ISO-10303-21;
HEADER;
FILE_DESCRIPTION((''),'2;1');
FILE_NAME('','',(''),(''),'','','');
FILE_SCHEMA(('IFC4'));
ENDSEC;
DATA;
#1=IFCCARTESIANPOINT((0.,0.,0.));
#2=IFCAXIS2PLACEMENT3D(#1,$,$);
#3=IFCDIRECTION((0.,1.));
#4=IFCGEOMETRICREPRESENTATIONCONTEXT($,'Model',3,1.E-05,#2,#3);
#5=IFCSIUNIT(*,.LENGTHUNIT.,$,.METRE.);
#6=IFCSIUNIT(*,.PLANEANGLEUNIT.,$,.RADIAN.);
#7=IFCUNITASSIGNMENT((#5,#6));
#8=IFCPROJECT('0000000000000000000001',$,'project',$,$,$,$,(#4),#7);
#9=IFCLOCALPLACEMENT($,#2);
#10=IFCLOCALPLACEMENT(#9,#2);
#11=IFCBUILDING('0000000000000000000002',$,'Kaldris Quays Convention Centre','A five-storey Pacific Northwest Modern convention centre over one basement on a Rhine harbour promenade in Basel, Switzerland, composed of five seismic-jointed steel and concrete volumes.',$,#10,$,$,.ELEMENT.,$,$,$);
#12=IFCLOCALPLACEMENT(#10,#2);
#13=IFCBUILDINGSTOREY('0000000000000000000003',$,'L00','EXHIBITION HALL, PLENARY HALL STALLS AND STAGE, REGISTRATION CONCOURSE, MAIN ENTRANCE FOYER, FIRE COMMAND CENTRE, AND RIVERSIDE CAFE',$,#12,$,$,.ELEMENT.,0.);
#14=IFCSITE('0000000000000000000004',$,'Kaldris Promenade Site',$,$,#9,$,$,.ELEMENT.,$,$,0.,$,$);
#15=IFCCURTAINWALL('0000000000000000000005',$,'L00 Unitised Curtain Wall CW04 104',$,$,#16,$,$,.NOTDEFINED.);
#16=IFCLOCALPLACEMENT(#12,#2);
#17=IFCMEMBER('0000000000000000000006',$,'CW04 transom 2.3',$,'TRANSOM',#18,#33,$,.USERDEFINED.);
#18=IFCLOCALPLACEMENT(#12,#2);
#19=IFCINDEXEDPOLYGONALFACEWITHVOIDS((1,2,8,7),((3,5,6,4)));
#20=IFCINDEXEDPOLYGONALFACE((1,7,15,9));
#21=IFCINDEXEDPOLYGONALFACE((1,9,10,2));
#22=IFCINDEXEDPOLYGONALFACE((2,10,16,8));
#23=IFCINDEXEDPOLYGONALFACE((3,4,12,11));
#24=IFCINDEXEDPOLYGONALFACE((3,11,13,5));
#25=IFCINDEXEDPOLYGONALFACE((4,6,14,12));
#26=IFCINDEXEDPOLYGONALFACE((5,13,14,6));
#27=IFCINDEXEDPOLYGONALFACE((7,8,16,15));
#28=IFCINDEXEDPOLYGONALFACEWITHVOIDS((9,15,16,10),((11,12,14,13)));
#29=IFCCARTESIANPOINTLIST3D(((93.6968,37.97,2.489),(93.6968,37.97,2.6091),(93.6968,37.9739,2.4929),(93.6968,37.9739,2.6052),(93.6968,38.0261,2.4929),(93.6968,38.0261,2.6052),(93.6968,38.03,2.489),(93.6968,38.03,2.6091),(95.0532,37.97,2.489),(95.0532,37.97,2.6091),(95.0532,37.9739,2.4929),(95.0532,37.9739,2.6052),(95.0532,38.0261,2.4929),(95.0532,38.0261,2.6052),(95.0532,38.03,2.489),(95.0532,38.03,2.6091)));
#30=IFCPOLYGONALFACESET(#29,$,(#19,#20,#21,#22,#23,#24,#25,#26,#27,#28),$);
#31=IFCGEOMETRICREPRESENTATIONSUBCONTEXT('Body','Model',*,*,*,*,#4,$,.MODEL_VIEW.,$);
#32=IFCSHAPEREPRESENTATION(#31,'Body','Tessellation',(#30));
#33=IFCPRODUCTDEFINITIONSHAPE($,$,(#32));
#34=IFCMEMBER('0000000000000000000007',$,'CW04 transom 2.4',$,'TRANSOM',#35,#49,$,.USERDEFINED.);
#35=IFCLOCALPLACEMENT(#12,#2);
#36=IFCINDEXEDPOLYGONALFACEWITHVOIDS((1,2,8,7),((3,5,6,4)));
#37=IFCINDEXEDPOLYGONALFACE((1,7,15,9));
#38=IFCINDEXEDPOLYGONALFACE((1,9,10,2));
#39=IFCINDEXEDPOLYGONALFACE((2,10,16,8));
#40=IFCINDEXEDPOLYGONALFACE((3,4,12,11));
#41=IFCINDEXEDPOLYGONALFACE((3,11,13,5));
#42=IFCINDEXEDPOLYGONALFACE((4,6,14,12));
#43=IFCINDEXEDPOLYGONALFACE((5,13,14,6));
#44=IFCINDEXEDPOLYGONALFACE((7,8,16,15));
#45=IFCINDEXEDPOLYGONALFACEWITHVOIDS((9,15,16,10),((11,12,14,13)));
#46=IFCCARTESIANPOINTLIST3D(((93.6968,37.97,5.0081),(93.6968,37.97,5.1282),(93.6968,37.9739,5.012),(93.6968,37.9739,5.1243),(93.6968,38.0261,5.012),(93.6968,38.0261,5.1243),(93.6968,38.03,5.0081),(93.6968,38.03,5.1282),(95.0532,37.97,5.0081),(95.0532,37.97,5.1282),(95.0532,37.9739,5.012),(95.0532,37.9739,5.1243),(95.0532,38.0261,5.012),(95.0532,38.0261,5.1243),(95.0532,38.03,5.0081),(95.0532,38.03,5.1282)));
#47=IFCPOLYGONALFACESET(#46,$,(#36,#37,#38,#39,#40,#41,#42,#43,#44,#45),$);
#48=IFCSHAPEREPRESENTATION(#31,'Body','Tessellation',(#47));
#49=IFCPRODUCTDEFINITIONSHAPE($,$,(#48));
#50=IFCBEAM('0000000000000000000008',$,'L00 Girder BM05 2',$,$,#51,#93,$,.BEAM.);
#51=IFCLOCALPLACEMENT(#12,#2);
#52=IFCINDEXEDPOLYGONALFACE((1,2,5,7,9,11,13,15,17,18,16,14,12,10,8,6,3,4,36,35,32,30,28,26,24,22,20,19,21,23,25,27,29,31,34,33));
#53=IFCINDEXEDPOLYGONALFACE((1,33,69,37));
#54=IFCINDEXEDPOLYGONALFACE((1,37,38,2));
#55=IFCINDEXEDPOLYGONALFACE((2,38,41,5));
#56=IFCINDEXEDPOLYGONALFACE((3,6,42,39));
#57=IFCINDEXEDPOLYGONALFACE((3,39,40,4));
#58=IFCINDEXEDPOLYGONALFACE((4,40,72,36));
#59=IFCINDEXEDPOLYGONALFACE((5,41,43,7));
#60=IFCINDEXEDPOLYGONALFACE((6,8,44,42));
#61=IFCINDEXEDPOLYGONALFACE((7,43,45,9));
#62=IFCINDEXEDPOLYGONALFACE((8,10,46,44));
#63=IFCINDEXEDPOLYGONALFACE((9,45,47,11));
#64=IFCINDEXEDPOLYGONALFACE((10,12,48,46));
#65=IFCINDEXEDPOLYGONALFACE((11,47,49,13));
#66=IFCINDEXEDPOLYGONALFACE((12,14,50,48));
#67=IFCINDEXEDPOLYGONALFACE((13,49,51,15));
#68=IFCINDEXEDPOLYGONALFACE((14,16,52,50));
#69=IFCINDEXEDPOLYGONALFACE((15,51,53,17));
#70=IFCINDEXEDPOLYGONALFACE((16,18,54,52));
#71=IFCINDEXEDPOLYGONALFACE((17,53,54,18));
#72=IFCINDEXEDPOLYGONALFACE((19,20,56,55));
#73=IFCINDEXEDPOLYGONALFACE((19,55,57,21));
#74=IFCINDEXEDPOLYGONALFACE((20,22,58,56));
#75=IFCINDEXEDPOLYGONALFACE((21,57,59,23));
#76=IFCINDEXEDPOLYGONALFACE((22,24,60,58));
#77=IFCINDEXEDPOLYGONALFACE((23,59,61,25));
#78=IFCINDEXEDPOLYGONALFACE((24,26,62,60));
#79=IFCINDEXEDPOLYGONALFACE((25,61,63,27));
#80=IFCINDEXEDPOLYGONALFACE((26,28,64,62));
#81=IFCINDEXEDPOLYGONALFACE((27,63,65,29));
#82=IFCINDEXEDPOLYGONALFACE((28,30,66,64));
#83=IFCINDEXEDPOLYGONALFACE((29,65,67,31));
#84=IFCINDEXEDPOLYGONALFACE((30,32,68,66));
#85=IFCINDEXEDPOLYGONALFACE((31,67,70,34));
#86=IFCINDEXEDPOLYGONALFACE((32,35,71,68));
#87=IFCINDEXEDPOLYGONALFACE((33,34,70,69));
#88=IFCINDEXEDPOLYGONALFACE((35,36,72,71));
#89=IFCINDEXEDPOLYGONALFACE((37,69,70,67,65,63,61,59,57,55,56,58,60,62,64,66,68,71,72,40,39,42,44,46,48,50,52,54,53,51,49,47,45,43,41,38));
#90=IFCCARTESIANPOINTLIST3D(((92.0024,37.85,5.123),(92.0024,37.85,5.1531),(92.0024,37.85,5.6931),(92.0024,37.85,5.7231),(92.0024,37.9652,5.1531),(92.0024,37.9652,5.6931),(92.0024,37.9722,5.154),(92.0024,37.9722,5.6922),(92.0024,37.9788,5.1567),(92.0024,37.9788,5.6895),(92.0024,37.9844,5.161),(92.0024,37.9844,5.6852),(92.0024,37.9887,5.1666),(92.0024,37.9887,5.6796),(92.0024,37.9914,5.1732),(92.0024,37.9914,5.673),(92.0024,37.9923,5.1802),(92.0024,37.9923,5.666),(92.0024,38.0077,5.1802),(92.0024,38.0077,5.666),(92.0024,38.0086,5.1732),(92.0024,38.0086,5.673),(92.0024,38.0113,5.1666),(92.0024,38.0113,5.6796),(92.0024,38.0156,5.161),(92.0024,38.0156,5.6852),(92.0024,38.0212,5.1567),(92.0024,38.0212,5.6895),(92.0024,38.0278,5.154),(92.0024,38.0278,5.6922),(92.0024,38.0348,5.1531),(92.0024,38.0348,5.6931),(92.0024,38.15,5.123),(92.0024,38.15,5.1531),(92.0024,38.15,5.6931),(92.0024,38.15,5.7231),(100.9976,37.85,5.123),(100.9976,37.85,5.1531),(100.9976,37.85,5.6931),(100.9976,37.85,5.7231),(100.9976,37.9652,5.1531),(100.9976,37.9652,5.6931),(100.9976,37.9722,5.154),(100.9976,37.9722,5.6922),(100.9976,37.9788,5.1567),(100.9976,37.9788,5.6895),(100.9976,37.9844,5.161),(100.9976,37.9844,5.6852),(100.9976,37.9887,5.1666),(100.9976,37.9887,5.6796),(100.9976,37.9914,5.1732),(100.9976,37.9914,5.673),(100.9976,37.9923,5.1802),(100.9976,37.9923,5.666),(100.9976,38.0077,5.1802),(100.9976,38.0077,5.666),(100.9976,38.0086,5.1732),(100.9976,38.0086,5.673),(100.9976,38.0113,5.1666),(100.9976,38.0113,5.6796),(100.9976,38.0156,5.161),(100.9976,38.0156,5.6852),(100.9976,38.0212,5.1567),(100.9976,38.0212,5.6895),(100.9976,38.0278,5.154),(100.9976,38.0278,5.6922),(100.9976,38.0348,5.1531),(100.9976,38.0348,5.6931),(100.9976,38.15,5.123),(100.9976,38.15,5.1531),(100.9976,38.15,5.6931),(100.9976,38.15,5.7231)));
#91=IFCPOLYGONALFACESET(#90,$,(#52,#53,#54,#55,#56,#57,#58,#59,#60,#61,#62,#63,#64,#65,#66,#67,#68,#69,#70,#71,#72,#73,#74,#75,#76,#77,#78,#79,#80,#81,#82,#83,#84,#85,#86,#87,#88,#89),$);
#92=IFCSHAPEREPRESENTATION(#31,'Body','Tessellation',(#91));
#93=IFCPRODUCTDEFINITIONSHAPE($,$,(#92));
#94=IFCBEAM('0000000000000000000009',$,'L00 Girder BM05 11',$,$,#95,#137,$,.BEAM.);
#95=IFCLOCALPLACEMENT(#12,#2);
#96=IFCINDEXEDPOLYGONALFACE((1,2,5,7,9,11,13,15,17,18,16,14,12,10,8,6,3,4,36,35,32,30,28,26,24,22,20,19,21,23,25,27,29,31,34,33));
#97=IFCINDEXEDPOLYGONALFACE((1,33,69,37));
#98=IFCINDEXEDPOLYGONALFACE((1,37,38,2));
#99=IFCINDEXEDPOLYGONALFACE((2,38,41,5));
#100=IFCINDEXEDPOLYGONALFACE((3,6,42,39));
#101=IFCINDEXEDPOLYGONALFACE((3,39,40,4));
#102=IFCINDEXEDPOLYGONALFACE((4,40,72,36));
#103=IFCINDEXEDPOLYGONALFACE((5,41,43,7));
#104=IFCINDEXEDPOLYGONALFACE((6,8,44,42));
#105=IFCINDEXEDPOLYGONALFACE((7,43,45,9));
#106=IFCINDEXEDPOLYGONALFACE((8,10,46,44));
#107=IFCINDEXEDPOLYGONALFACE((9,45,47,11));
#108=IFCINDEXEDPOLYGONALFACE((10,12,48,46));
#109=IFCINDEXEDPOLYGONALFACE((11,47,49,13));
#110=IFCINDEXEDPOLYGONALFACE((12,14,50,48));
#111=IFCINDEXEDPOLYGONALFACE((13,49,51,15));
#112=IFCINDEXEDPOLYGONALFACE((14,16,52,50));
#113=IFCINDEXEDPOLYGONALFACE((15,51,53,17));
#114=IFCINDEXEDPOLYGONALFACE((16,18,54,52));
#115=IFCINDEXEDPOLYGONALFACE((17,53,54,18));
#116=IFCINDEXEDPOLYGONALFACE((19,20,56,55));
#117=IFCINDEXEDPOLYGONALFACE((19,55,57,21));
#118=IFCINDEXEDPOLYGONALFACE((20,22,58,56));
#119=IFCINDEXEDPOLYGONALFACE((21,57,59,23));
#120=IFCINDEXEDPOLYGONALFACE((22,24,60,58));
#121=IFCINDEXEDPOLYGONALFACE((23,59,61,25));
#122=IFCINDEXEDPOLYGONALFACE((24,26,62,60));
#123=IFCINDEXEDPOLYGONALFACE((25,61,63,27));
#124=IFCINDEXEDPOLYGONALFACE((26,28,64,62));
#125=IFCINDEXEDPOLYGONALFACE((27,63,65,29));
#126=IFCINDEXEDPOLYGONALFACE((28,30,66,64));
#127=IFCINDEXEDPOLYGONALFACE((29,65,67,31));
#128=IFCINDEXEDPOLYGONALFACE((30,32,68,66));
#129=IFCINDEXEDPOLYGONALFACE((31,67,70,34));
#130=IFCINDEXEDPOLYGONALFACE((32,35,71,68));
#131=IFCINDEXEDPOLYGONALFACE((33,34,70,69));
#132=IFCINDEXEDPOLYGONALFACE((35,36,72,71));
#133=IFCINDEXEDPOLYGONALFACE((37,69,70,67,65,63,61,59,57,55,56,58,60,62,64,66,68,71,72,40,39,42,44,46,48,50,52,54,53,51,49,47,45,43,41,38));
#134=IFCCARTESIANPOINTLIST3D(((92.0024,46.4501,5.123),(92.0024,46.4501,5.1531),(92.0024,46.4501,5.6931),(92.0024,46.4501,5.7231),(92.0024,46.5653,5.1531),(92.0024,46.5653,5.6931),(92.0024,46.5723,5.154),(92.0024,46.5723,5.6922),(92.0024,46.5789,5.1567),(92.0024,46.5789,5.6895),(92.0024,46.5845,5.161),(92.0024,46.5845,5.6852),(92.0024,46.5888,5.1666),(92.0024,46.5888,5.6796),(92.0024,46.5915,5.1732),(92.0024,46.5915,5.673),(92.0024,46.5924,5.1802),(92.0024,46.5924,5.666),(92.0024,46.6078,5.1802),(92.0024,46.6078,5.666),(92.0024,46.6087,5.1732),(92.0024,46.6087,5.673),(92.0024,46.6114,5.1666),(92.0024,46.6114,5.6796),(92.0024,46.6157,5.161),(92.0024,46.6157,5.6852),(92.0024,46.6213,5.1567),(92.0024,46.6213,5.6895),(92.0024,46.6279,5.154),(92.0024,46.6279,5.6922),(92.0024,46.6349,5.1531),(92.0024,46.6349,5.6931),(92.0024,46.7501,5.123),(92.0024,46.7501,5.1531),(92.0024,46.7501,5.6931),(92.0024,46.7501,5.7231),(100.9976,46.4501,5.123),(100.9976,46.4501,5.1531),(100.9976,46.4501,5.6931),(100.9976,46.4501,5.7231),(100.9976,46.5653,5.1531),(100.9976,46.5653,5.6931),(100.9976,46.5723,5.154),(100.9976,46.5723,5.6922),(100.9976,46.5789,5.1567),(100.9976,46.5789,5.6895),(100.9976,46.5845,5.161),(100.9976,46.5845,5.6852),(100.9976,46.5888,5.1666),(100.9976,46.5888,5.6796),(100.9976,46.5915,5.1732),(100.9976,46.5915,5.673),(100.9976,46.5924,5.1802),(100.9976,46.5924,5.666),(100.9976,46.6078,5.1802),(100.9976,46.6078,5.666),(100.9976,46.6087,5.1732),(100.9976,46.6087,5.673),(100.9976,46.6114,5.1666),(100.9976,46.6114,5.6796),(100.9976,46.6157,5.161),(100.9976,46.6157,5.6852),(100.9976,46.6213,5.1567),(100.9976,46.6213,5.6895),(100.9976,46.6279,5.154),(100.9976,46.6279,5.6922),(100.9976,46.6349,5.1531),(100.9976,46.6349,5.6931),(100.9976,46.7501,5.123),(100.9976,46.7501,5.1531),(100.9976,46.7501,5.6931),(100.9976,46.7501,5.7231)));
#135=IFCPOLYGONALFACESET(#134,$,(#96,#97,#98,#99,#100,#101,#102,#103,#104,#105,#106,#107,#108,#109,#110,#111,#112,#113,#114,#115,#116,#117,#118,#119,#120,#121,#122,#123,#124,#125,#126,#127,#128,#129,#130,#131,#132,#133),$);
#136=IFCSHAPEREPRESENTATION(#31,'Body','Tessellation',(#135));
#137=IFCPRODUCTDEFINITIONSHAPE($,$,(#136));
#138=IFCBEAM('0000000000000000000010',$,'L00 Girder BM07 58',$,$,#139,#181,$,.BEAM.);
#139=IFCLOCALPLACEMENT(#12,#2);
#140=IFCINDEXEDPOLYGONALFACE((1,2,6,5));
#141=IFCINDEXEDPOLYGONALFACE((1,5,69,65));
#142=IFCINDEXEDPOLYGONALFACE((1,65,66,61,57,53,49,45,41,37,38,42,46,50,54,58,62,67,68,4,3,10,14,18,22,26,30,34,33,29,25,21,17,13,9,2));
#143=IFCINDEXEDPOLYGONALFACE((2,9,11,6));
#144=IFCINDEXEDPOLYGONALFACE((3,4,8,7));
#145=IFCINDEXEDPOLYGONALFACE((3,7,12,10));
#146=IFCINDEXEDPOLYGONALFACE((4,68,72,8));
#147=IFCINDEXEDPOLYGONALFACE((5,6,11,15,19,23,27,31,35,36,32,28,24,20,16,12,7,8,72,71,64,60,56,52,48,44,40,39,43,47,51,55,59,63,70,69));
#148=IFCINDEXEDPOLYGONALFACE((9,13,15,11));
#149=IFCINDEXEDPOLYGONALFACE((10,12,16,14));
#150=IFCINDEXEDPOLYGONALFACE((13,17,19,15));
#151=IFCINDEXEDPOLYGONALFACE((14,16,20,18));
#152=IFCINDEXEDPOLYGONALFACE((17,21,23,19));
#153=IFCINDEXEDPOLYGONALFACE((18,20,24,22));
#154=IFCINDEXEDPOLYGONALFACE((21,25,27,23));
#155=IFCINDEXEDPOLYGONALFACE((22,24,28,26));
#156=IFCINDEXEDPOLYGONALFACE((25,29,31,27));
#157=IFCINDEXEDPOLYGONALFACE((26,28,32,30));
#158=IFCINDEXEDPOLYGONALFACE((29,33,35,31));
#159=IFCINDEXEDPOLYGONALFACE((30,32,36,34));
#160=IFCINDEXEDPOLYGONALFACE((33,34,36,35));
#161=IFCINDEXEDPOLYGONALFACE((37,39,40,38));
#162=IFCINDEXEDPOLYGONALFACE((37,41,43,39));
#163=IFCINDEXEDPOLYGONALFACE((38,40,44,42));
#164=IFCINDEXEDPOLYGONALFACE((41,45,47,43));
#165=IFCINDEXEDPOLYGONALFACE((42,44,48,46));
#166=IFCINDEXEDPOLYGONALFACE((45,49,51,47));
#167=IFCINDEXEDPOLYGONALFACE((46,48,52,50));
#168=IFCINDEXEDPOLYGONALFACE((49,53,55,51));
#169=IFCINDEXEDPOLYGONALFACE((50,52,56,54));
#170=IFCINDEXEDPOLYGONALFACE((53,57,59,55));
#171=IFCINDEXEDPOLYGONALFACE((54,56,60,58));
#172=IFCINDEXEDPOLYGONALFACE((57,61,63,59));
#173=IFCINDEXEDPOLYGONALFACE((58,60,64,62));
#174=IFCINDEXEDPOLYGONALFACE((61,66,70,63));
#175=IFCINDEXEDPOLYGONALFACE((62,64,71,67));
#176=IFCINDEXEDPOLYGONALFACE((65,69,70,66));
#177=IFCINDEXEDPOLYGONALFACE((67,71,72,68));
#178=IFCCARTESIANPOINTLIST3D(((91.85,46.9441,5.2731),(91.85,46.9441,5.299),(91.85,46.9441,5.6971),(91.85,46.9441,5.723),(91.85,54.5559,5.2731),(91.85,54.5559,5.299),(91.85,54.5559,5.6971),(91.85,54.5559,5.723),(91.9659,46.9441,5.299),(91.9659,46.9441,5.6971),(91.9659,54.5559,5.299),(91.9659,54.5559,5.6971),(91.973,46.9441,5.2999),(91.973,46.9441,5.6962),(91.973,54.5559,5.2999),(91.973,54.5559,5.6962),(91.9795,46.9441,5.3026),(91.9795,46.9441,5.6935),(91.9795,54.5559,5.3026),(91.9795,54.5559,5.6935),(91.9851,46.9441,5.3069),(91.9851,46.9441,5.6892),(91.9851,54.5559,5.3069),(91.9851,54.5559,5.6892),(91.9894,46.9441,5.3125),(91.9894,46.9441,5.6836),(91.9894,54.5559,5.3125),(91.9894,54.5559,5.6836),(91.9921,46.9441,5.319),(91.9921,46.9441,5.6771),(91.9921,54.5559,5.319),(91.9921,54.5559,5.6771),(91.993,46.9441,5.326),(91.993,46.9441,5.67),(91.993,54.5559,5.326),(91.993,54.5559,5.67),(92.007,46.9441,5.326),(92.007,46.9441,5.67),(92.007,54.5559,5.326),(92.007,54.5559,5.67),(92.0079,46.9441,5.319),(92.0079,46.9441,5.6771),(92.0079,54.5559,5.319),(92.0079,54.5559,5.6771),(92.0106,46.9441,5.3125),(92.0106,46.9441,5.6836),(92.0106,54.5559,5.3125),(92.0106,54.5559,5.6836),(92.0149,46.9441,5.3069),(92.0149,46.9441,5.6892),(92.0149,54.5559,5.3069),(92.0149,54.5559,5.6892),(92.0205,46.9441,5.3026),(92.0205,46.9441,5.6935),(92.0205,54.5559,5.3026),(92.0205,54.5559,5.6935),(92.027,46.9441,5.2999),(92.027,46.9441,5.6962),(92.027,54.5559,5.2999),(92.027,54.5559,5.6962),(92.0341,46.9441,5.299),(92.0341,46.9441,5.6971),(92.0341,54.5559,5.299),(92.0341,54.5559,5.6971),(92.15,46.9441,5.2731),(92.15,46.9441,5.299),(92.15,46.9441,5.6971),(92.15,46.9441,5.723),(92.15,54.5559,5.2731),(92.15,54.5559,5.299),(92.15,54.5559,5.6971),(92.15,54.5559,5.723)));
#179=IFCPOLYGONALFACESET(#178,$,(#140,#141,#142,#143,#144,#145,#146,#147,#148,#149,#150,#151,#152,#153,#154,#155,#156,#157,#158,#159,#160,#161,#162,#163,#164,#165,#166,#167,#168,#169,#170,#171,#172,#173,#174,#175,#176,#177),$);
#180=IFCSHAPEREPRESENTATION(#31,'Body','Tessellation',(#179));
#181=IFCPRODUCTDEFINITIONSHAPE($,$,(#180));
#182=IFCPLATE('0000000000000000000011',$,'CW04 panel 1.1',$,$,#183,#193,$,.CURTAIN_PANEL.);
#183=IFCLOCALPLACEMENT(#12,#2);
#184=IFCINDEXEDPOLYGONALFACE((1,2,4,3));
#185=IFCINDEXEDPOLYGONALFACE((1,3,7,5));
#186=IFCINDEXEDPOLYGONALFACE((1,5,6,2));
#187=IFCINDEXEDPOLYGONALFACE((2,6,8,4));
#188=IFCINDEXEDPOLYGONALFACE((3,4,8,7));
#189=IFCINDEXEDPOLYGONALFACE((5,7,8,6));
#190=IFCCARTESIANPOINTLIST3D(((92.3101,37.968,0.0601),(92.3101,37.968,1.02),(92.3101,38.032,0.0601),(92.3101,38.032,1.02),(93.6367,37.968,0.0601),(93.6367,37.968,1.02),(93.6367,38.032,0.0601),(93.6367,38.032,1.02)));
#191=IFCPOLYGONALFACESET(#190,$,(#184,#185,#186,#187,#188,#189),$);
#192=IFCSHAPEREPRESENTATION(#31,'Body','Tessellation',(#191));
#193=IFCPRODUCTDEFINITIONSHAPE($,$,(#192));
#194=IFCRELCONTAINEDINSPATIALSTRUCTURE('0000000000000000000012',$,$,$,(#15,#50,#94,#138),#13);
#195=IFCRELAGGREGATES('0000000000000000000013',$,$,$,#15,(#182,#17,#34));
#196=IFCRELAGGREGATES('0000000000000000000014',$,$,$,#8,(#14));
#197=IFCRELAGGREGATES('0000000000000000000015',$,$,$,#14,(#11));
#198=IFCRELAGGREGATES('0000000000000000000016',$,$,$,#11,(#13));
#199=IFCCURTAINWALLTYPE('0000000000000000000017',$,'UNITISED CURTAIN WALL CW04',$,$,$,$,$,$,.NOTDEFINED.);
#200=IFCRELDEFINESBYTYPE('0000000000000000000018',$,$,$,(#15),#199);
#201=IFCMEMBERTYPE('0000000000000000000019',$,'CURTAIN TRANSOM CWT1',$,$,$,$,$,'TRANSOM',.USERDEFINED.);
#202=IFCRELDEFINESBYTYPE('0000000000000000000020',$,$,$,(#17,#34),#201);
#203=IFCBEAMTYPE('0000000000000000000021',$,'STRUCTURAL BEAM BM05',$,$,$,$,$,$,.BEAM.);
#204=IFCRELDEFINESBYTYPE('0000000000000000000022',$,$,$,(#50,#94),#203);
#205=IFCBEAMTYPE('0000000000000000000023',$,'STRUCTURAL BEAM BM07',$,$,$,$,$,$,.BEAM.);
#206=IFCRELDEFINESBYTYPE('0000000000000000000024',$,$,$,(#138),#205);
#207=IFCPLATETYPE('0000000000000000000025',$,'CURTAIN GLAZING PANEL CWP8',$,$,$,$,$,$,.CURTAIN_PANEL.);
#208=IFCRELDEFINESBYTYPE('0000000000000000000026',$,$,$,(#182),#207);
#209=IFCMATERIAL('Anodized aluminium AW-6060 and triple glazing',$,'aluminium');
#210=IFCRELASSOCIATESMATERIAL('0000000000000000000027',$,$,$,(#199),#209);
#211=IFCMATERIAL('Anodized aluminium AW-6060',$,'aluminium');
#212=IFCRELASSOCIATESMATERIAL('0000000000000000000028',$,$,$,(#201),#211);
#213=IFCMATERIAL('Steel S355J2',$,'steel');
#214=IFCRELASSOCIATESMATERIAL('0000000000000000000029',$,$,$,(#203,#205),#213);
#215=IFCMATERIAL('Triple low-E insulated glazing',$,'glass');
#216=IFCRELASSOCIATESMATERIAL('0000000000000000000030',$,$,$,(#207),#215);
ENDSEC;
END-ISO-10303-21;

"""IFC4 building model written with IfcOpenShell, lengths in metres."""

from ifc_helpers import new_model, si_unit, direction, frame, origin, origin_2d, place, context, subcontext, project, spatial, rectangle, hollow_rectangle, i_section, extrude, material, material_profile, profile_set, type_object, element, aggregate, save


model = new_model("IFC4")

# Units and contexts
model_context = context("Model", 3, precision=1e-05, world=origin(), true_north=direction((0.0, 1.0)))
body_context = subcontext(model_context, "Body", "Model", "MODEL_VIEW")
ifc_project = project(units=[si_unit("LENGTHUNIT", "METRE"), si_unit("PLANEANGLEUNIT", "RADIAN")], contexts=[model_context])

# Site, building, storey
site_placement = place(None, origin())
site = spatial("IfcSite", under=ifc_project, at=site_placement, Name="Kaldris Promenade Site", CompositionType="ELEMENT", RefElevation=0.0)
building_placement = place(site_placement, origin())
building = spatial("IfcBuilding", under=site, at=building_placement, Name="Kaldris Quays Convention Centre", Description="A five-storey Pacific Northwest Modern convention centre over one basement on a Rhine harbour promenade in Basel, Switzerland, composed of five seismic-jointed steel and concrete volumes.", CompositionType="ELEMENT")
storey_placement = place(building_placement, origin())
storey = spatial("IfcBuildingStorey", under=building, at=storey_placement, Name="L00", Description="EXHIBITION HALL, PLENARY HALL STALLS AND STAGE, REGISTRATION CONCOURSE, MAIN ENTRANCE FOYER, FIRE COMMAND CENTRE, AND RIVERSIDE CAFE", CompositionType="ELEMENT", Elevation=0.0)

# Shared definitions
ifc_material_1 = material(Name="Steel S355J2", Category="steel")

# Curtain wall, members
ifc_material_2 = material(Name="Anodized aluminium AW-6060 and triple glazing", Category="aluminium")
curtain_wall_type = type_object("IfcCurtainWallType", Name="UNITISED CURTAIN WALL CW04", PredefinedType="NOTDEFINED", material=ifc_material_2)
curtain_wall_placement = place(storey_placement, origin())
curtain_wall = element("IfcCurtainWall", 1, at=curtain_wall_placement, inside=storey, type_object=curtain_wall_type, Name="L00 Unitised Curtain Wall CW04 104", PredefinedType="NOTDEFINED")
ifc_material_3 = material(Name="Anodized aluminium AW-6060", Category="aluminium")
ifc_material_profile_1 = material_profile(ifc_material_3, hollow_rectangle(XDim=0.0601, YDim=0.1201, WallThickness=0.0039, at=origin_2d()), Name="RHS 120x60x4")
ifc_profile_set_1 = profile_set([ifc_material_profile_1], Name="Anodized aluminium AW-6060")
member_type_1 = type_object("IfcMemberType", Name="CURTAIN TRANSOM CWT1", ElementType="TRANSOM", PredefinedType="USERDEFINED", material=ifc_profile_set_1)
member_1_placement = place(storey_placement, frame((93.6968, 38.0, 2.5491), z_axis=(1.0, 0.0, 0.0), x_axis=(0.0, 1.0, 0.0)))
member_1 = element("IfcMember", 2, at=member_1_placement, type_object=member_type_1, Name="CW04 transom 2.3", ObjectType="TRANSOM", PredefinedType="USERDEFINED", context=body_context, shape_type="SweptSolid", body=[
    extrude(hollow_rectangle(XDim=0.0601, YDim=0.1201, WallThickness=0.0039, at=origin_2d()), origin(), (0.0, 0.0, 1.0), 1.3564),
])
member_2_placement = place(storey_placement, frame((93.6968, 38.0, 5.0681), z_axis=(1.0, 0.0, 0.0), x_axis=(0.0, 1.0, 0.0)))
member_2 = element("IfcMember", 3, at=member_2_placement, type_object=member_type_1, Name="CW04 transom 2.4", ObjectType="TRANSOM", PredefinedType="USERDEFINED", context=body_context, shape_type="SweptSolid", body=[
    extrude(hollow_rectangle(XDim=0.0601, YDim=0.1201, WallThickness=0.0039, at=origin_2d()), origin(), (0.0, 0.0, 1.0), 1.3564),
])

# Beams
ifc_material_profile_2 = material_profile(ifc_material_1, i_section(OverallWidth=0.3, OverallDepth=0.6001, WebThickness=0.0154, FlangeThickness=0.03, FilletRadius=0.0271, at=origin_2d()), Name="HEB 600")
ifc_profile_set_2 = profile_set([ifc_material_profile_2], Name="Steel S355J2")
beam_type_1 = type_object("IfcBeamType", Name="STRUCTURAL BEAM BM05", PredefinedType="BEAM", material=ifc_profile_set_2)
for number, where, z_axis, x_axis, name in (
    (4, (92.0024, 38.0, 5.4231), (1.0, 0.0, 0.0), (0.0, 1.0, 0.0), "L00 Girder BM05 2"),
    (5, (92.0024, 46.6001, 5.4231), (1.0, 0.0, 0.0), (0.0, 1.0, 0.0), "L00 Girder BM05 11"),
):
    element("IfcBeam", number, at=place(storey_placement, frame(where, z_axis=z_axis, x_axis=x_axis)), inside=storey, type_object=beam_type_1, Name=name, PredefinedType="BEAM", context=body_context, shape_type="SweptSolid", body=[
        extrude(i_section(OverallWidth=0.3, OverallDepth=0.6001, WebThickness=0.0154, FlangeThickness=0.03, FilletRadius=0.0271, at=origin_2d()), origin(), (0.0, 0.0, 1.0), 8.9951),
    ])
ifc_material_profile_3 = material_profile(ifc_material_1, i_section(OverallWidth=0.3, OverallDepth=0.45, WebThickness=0.0139, FlangeThickness=0.0259, FilletRadius=0.0271, at=origin_2d()), Name="HEB 450")
ifc_profile_set_3 = profile_set([ifc_material_profile_3], Name="Steel S355J2")
beam_type_2 = type_object("IfcBeamType", Name="STRUCTURAL BEAM BM07", PredefinedType="BEAM", material=ifc_profile_set_3)
beam_placement = place(storey_placement, frame((92.0, 46.9441, 5.498), z_axis=(0.0, 1.0, 0.0), x_axis=(-1.0, 0.0, 0.0)))
element("IfcBeam", 6, at=beam_placement, inside=storey, type_object=beam_type_2, Name="L00 Girder BM07 58", PredefinedType="BEAM", context=body_context, shape_type="SweptSolid", body=[
    extrude(i_section(OverallWidth=0.3, OverallDepth=0.45, WebThickness=0.0139, FlangeThickness=0.0259, FilletRadius=0.0271, at=origin_2d()), origin(), (0.0, 0.0, 1.0), 7.6118),
])

# Plate
ifc_material_4 = material(Name="Triple low-E insulated glazing", Category="glass")
plate_type = type_object("IfcPlateType", Name="CURTAIN GLAZING PANEL CWP8", PredefinedType="CURTAIN_PANEL", material=ifc_material_4)
plate_1_placement = place(storey_placement, frame((92.9734, 38.0, 0.0601), z_axis=(0.0, 0.0, 1.0), x_axis=(1.0, 0.0, 0.0)))
plate_1 = element("IfcPlate", 7, at=plate_1_placement, type_object=plate_type, Name="CW04 panel 1.1", PredefinedType="CURTAIN_PANEL", context=body_context, shape_type="SweptSolid", body=[
    extrude(rectangle(XDim=1.3267, YDim=0.064, at=origin_2d()), origin(), (0.0, 0.0, 1.0), 0.96),
])
aggregate(curtain_wall, [plate_1, member_1, member_2])

save(model, "model.ifc")
